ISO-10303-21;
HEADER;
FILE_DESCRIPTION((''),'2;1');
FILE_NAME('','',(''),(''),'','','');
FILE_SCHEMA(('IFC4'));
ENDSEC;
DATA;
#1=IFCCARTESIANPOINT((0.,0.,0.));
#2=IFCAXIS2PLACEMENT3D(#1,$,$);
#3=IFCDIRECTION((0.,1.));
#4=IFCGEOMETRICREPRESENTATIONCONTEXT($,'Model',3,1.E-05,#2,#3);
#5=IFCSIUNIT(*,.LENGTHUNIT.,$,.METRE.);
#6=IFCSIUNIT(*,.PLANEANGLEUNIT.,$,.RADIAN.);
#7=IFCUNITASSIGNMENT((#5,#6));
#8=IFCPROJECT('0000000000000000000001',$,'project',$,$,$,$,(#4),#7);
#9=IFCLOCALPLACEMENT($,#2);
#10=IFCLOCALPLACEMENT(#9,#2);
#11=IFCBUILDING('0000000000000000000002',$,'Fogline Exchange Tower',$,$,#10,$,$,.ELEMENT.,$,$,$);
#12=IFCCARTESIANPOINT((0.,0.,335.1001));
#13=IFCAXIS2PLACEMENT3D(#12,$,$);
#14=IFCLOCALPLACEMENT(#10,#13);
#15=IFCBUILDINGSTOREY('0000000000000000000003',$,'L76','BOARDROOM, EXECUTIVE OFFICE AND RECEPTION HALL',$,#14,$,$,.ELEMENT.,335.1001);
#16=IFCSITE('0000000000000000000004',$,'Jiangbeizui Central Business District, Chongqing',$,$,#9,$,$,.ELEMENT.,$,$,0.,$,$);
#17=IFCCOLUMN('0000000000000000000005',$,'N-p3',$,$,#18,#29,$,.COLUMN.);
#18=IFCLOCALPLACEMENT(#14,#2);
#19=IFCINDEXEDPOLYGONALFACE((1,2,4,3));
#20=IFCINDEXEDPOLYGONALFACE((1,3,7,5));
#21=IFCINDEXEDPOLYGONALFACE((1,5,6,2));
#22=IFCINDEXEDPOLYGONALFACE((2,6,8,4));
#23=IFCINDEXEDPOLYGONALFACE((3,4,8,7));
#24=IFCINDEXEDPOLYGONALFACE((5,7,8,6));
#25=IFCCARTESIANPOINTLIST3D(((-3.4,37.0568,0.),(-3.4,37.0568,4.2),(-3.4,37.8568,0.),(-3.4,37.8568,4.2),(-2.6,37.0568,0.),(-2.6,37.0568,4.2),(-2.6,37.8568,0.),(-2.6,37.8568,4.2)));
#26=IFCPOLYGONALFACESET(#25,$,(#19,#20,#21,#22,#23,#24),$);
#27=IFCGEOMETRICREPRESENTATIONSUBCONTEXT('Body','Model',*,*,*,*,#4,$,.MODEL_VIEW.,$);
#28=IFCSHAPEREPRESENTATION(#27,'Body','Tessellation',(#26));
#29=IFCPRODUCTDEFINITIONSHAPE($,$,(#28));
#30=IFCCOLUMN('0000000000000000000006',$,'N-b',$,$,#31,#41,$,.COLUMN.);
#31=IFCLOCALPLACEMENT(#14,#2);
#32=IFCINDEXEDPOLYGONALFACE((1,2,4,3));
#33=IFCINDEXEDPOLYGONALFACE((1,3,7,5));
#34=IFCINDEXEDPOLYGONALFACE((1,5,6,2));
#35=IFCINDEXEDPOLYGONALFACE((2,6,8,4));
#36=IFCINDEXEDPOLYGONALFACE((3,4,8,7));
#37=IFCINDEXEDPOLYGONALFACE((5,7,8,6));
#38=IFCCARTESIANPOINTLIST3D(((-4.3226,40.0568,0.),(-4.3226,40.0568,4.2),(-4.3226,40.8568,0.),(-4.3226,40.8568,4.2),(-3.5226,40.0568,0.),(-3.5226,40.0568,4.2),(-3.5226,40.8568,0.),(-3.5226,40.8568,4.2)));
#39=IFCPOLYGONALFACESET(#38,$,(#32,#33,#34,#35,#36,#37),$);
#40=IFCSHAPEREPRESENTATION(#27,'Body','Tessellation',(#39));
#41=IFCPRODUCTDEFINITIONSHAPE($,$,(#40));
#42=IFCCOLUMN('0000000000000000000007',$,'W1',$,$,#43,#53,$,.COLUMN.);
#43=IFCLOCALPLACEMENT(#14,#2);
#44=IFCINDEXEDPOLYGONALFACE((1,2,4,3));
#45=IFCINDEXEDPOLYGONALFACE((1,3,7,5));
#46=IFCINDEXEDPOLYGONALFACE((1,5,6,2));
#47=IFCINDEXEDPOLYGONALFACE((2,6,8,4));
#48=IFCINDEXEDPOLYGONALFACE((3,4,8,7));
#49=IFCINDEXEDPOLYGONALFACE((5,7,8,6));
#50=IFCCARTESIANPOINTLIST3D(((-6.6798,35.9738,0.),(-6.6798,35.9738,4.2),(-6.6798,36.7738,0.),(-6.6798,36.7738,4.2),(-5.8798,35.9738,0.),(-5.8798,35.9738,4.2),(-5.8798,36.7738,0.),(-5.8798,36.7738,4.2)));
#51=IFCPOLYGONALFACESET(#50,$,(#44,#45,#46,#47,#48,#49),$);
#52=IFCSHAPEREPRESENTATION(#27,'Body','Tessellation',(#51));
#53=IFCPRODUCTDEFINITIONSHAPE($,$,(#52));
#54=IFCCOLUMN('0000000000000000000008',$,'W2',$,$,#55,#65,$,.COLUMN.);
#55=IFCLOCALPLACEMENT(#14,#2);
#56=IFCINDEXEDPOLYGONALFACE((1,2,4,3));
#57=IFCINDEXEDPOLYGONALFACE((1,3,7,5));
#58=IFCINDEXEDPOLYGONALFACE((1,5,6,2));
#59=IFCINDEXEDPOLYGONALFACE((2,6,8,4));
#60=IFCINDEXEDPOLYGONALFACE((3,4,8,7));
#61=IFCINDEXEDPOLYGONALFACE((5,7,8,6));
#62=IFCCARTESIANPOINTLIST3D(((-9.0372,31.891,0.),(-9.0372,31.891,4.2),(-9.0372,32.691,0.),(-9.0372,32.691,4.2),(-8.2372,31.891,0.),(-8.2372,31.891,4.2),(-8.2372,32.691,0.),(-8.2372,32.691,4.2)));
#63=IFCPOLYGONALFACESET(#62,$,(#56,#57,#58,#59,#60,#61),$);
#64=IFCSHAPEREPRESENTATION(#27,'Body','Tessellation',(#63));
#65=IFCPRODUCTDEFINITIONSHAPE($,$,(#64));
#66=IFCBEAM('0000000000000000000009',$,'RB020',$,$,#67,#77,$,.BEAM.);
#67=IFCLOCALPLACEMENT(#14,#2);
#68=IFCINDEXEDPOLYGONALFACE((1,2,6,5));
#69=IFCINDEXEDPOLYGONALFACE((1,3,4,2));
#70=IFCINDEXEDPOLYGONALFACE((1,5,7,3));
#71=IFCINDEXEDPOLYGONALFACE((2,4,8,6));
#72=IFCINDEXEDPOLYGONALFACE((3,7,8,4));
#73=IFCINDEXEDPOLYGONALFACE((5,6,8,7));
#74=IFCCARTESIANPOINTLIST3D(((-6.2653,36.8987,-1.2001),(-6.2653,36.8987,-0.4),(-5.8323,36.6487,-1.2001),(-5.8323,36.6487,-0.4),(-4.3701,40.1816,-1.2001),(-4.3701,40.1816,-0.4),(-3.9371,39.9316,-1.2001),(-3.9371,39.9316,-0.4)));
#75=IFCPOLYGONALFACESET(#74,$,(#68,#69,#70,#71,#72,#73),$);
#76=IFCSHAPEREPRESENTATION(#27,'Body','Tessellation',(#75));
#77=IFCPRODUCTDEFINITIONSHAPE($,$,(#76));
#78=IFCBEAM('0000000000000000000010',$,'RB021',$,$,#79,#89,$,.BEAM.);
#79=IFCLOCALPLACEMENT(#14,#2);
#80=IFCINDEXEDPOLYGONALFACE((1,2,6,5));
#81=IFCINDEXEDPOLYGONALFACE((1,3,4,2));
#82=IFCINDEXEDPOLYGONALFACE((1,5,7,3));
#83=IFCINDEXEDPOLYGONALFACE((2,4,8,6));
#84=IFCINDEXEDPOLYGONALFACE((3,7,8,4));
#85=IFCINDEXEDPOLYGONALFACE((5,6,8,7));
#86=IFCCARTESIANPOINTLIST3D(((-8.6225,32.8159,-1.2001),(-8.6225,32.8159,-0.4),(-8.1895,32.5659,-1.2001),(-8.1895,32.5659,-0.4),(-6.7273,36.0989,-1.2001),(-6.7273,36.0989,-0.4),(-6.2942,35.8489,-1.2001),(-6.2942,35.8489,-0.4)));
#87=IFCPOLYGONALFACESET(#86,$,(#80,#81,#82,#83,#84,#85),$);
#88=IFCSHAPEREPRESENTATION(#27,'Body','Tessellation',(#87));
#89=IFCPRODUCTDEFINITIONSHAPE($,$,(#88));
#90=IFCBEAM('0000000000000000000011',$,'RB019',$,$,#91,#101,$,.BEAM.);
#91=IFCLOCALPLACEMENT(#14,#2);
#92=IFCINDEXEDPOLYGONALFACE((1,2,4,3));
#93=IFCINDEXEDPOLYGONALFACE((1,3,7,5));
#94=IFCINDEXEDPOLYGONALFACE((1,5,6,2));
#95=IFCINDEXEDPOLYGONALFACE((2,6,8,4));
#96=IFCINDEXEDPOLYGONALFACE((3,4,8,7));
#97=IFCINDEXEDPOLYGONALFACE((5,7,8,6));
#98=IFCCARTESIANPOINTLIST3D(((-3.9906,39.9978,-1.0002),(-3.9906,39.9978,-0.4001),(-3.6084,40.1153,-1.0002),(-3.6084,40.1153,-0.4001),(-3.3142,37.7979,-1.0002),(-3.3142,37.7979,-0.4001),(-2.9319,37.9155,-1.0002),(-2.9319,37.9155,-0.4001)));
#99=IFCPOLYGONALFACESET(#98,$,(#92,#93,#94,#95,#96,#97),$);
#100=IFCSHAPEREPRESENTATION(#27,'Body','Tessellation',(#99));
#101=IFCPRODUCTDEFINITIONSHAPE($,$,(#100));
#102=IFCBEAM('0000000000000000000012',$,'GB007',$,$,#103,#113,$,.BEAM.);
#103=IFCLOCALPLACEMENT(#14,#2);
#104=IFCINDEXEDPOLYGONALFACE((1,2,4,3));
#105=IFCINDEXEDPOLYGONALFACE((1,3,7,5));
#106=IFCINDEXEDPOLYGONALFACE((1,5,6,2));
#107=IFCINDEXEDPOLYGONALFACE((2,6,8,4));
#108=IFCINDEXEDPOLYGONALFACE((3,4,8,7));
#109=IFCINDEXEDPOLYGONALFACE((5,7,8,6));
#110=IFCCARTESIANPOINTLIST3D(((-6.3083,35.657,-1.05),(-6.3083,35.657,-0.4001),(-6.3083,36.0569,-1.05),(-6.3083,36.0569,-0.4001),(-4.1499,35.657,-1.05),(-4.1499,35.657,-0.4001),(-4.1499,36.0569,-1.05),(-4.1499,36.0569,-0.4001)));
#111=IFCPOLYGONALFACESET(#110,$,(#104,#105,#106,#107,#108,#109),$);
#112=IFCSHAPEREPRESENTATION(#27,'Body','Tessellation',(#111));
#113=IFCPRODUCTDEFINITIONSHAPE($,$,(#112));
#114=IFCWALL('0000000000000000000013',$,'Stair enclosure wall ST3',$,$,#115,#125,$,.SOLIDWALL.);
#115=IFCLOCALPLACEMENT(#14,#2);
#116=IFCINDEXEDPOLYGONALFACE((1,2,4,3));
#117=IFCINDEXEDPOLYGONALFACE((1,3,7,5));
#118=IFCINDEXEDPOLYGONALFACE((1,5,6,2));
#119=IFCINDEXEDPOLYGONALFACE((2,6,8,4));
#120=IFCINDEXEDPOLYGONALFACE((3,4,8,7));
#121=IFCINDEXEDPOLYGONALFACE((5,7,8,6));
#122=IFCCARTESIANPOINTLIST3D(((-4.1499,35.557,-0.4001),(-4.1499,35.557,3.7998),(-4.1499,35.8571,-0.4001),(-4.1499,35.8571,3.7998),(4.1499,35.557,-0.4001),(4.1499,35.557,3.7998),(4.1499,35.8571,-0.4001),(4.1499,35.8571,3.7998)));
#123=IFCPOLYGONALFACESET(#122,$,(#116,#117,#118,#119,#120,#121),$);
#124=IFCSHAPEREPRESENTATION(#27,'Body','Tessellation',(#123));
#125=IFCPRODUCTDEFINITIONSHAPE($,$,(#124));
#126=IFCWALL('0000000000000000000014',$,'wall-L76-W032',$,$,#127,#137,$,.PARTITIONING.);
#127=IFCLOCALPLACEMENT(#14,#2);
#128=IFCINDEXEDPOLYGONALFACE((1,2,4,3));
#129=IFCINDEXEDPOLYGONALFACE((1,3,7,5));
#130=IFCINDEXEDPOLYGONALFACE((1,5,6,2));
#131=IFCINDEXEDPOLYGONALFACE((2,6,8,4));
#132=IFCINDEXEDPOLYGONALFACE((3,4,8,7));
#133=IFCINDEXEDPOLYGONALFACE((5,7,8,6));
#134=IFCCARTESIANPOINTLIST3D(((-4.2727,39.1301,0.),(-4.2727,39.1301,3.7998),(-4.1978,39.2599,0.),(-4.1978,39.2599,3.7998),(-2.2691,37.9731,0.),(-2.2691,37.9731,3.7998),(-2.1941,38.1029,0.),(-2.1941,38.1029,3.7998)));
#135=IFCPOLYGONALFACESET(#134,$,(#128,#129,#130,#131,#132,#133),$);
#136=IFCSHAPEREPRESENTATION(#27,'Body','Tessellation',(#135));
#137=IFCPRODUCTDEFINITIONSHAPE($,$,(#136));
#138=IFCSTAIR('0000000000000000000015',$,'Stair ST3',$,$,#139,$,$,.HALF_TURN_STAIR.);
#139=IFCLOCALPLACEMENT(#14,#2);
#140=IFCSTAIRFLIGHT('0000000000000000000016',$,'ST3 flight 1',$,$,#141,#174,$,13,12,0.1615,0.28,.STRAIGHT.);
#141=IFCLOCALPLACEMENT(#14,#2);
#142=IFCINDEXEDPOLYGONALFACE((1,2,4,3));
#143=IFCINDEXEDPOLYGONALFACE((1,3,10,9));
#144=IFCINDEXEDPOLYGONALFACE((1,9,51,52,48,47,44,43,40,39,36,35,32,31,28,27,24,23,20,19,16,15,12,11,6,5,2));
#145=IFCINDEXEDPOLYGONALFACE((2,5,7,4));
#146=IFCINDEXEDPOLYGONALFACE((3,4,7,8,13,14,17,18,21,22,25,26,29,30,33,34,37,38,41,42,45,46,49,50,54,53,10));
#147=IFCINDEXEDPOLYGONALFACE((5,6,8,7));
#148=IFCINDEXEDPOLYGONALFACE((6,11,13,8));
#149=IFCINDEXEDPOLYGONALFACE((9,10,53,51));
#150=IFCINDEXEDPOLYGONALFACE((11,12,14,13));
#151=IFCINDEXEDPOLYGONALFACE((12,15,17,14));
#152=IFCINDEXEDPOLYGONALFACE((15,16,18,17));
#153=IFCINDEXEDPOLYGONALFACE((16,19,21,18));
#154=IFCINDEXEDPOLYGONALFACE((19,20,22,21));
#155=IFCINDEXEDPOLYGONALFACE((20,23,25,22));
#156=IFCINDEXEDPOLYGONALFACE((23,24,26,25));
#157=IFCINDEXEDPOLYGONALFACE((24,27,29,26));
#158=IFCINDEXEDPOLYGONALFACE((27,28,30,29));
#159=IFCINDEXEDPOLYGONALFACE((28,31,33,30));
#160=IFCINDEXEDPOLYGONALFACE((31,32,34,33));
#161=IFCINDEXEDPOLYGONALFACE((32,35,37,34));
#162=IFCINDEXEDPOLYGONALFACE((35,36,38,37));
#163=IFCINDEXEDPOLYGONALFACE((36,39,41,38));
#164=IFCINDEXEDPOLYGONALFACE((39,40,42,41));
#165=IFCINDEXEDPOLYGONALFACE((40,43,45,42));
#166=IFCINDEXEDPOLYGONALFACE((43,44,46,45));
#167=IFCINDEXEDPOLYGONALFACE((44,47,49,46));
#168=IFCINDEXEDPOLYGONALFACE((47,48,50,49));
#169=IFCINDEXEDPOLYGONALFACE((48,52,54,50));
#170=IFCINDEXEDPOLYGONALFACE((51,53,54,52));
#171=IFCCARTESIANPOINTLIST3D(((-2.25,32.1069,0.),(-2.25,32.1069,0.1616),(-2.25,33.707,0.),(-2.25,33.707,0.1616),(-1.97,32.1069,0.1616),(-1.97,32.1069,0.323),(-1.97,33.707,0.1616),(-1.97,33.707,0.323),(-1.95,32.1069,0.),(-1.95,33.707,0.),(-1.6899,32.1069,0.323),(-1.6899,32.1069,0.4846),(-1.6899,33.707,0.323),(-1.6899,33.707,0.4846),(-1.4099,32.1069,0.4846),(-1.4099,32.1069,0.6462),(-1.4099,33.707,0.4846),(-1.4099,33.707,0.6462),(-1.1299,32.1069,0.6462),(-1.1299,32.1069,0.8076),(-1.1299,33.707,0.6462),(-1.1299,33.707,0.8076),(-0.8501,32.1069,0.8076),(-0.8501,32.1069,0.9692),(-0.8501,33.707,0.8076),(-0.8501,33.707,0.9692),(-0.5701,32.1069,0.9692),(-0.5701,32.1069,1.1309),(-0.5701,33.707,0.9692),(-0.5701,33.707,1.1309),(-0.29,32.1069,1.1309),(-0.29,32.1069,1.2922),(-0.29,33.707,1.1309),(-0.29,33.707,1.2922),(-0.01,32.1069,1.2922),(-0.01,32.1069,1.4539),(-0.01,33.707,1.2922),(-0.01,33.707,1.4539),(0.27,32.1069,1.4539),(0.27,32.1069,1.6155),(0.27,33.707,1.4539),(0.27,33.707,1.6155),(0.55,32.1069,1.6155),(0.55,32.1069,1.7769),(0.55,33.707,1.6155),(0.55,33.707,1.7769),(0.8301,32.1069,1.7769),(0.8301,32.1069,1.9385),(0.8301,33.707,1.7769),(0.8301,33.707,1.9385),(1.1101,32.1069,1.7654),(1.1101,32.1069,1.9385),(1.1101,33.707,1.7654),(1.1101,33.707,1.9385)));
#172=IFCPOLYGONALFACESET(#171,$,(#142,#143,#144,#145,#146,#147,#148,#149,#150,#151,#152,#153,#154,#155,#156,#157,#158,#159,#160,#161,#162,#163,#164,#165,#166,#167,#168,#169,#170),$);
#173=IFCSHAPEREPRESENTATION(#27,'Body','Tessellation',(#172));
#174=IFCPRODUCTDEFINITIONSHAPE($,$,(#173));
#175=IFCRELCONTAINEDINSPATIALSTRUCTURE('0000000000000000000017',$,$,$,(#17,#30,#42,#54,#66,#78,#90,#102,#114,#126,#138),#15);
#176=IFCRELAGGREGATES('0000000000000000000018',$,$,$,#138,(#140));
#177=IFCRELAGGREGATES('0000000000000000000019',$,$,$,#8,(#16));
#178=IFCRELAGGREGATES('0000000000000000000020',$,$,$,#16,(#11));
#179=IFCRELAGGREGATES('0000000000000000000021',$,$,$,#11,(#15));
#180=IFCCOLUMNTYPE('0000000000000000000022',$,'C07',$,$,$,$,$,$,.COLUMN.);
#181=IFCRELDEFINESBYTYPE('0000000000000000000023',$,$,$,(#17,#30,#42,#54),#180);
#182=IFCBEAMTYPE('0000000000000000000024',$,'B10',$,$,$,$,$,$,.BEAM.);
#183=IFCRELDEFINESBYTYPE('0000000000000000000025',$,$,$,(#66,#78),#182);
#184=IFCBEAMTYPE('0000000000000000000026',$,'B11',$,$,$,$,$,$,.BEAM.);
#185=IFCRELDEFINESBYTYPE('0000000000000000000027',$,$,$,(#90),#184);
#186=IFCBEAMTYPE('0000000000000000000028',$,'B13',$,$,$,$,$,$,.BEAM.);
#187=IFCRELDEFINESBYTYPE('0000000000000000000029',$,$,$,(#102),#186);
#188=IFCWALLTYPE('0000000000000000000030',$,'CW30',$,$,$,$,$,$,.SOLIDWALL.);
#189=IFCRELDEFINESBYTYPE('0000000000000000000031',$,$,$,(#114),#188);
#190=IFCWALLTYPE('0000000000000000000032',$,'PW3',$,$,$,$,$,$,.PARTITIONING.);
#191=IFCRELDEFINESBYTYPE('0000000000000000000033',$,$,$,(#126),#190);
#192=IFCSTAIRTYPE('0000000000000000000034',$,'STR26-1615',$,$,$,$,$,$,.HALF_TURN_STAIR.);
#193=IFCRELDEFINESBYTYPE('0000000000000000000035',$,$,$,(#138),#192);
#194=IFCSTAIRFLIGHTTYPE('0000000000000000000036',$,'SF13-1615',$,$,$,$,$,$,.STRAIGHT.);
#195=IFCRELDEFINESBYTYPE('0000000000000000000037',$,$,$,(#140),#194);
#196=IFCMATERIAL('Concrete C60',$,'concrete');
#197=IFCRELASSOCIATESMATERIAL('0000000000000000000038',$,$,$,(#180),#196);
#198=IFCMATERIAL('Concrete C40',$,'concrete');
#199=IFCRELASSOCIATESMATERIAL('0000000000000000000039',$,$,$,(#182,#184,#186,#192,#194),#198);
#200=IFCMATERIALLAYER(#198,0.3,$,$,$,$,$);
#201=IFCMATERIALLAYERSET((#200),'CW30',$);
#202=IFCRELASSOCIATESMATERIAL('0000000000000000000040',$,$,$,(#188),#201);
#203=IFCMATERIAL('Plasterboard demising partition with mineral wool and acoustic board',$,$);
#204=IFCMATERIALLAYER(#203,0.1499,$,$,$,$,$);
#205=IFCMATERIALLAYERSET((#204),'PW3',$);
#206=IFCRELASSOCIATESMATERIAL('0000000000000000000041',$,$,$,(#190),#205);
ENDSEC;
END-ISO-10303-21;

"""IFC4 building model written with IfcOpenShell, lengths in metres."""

from ifc_helpers import new_model, si_unit, direction, frame, frame_2d, origin, origin_2d, place, context, subcontext, project, spatial, polyline, rectangle, outline, extrude, material, layer, layer_set, material_profile, profile_set, type_object, element, aggregate, save


model = new_model("IFC4")

# Units and contexts
model_context = context("Model", 3, precision=1e-05, world=origin(), true_north=direction((0.0, 1.0)))
body_context = subcontext(model_context, "Body", "Model", "MODEL_VIEW")
ifc_project = project(units=[si_unit("LENGTHUNIT", "METRE"), si_unit("PLANEANGLEUNIT", "RADIAN")], contexts=[model_context])

# Site, building, storey
site_placement = place(None, origin())
site = spatial("IfcSite", under=ifc_project, at=site_placement, Name="Jiangbeizui Central Business District, Chongqing", CompositionType="ELEMENT", RefElevation=0.0)
building_placement = place(site_placement, origin())
building = spatial("IfcBuilding", under=site, at=building_placement, Name="Fogline Exchange Tower", CompositionType="ELEMENT")
storey_placement = place(building_placement, frame((0.0, 0.0, 335.1001)))
storey = spatial("IfcBuildingStorey", under=building, at=storey_placement, Name="L76", Description="BOARDROOM, EXECUTIVE OFFICE AND RECEPTION HALL", CompositionType="ELEMENT", Elevation=335.1001)

# Columns
ifc_material_1 = material(Name="Concrete C60", Category="concrete")
ifc_material_profile_1 = material_profile(ifc_material_1, rectangle(XDim=0.8, YDim=0.8, at=origin_2d()), Name="RC 800x800")
ifc_profile_set_1 = profile_set([ifc_material_profile_1], Name="Concrete C60")
column_type = type_object("IfcColumnType", Name="C07", PredefinedType="COLUMN", material=ifc_profile_set_1)
for number, where, z_axis, x_axis, name in (
    (1, (-3.0, 37.4568, 0.0), (0.0, 0.0, 1.0), (1.0, 0.0, 0.0), "N-p3"),
    (2, (-3.9226, 40.4568, 0.0), (0.0, 0.0, 1.0), (1.0, 0.0, 0.0), "N-b"),
    (3, (-6.2798, 36.3738, 0.0), (0.0, 0.0, 1.0), (1.0, 0.0, 0.0), "W1"),
    (4, (-8.6372, 32.291, 0.0), (0.0, 0.0, 1.0), (1.0, 0.0, 0.0), "W2"),
):
    element("IfcColumn", number, at=place(storey_placement, frame(where, z_axis=z_axis, x_axis=x_axis)), inside=storey, type_object=column_type, Name=name, PredefinedType="COLUMN", context=body_context, shape_type="SweptSolid", body=[
        extrude(rectangle(XDim=0.8, YDim=0.8, at=origin_2d()), origin(), (0.0, 0.0, 1.0), 4.2),
    ])

# Beams
ifc_material_2 = material(Name="Concrete C40", Category="concrete")
ifc_material_profile_2 = material_profile(ifc_material_2, rectangle(XDim=0.5, YDim=0.8, at=origin_2d()), Name="RC 500x800")
ifc_profile_set_2 = profile_set([ifc_material_profile_2], Name="Concrete C40")
beam_type_1 = type_object("IfcBeamType", Name="B10", PredefinedType="BEAM", material=ifc_profile_set_2)
for number, where, z_axis, x_axis, name in (
    (5, (-4.1536, 40.0566, -0.8), (-0.49997, -0.866043, 0.0), (0.866043, -0.49997, 0.0), "RB020"),
    (6, (-6.5107, 35.9739, -0.8), (-0.49997, -0.866043, 0.0), (0.866043, -0.49997, 0.0), "RB021"),
):
    element("IfcBeam", number, at=place(storey_placement, frame(where, z_axis=z_axis, x_axis=x_axis)), inside=storey, type_object=beam_type_1, Name=name, PredefinedType="BEAM", context=body_context, shape_type="SweptSolid", body=[
        extrude(rectangle(XDim=0.5, YDim=0.8, at=origin_2d()), origin(), (0.0, 0.0, 1.0), 3.7908),
    ])
ifc_material_profile_3 = material_profile(ifc_material_2, rectangle(XDim=0.3999, YDim=0.6001, at=origin_2d()), Name="RC 400x600")
ifc_profile_set_3 = profile_set([ifc_material_profile_3], Name="Concrete C40")
beam_type_2 = type_object("IfcBeamType", Name="B11", PredefinedType="BEAM", material=ifc_profile_set_3)
beam_1_placement = place(storey_placement, frame((-3.123, 37.8567, -0.7002), z_axis=(-0.293929, 0.955827, 0.0), x_axis=(-0.955827, -0.293929, 0.0)))
element("IfcBeam", 7, at=beam_1_placement, inside=storey, type_object=beam_type_2, Name="RB019", PredefinedType="BEAM", context=body_context, shape_type="SweptSolid", body=[
    extrude(rectangle(XDim=0.3999, YDim=0.6001, at=origin_2d()), origin(), (0.0, 0.0, 1.0), 2.3015),
])
ifc_material_profile_4 = material_profile(ifc_material_2, rectangle(XDim=0.3999, YDim=0.6499, at=origin_2d()), Name="RC 400x650")
ifc_profile_set_4 = profile_set([ifc_material_profile_4], Name="Concrete C40")
beam_type_3 = type_object("IfcBeamType", Name="B13", PredefinedType="BEAM", material=ifc_profile_set_4)
beam_2_placement = place(storey_placement, frame((-6.3083, 35.8569, -0.7251), z_axis=(1.0, 0.0, 0.0), x_axis=(0.0, 1.0, 0.0)))
element("IfcBeam", 8, at=beam_2_placement, inside=storey, type_object=beam_type_3, Name="GB007", PredefinedType="BEAM", context=body_context, shape_type="SweptSolid", body=[
    extrude(rectangle(XDim=0.3999, YDim=0.6499, at=origin_2d()), origin(), (0.0, 0.0, 1.0), 2.1584),
])

# Wall
ifc_layer_1 = layer(ifc_material_2, 0.3)
ifc_layer_set_1 = layer_set([ifc_layer_1], Name="CW30")
wall_type_1 = type_object("IfcWallType", Name="CW30", PredefinedType="SOLIDWALL", material=ifc_layer_set_1)
wall_1_placement = place(storey_placement, frame((-4.1499, 35.707, -0.4001), z_axis=(0.0, 0.0, 1.0), x_axis=(1.0, 0.0, 0.0)))
element("IfcWall", 9, at=wall_1_placement, inside=storey, type_object=wall_type_1, Name="Stair enclosure wall ST3", PredefinedType="SOLIDWALL", context=body_context, shape_type="SweptSolid", body=[
    extrude(rectangle(XDim=8.2998, YDim=0.3, at=frame_2d((4.1499, 0.0))), origin(), (0.0, 0.0, 1.0), 4.2),
])

# Wall
ifc_material_3 = material(Name="Plasterboard demising partition with mineral wool and acoustic board")
ifc_layer_2 = layer(ifc_material_3, 0.1499)
ifc_layer_set_2 = layer_set([ifc_layer_2], Name="PW3")
wall_type_2 = type_object("IfcWallType", Name="PW3", PredefinedType="PARTITIONING", material=ifc_layer_set_2)
wall_2_placement = place(storey_placement, frame((-2.2317, 38.0381, 0.0), z_axis=(0.0, 0.0, 1.0), x_axis=(-0.865994, 0.500054, 0.0)))
element("IfcWall", 10, at=wall_2_placement, inside=storey, type_object=wall_type_2, Name="wall-L76-W032", PredefinedType="PARTITIONING", context=body_context, shape_type="SweptSolid", body=[
    extrude(rectangle(XDim=2.3137, YDim=0.1499, at=frame_2d((1.1567, 0.0))), origin(), (0.0, 0.0, 1.0), 3.7998),
])

# Stair, stair flight
stair_type = type_object("IfcStairType", Name="STR26-1615", PredefinedType="HALF_TURN_STAIR", material=ifc_material_2)
stair_placement = place(storey_placement, origin())
stair = element("IfcStair", 11, at=stair_placement, inside=storey, type_object=stair_type, Name="Stair ST3", PredefinedType="HALF_TURN_STAIR")
stair_flight_type = type_object("IfcStairFlightType", Name="SF13-1615", PredefinedType="STRAIGHT", material=ifc_material_2)
stair_flight_placement = place(storey_placement, frame((-2.25, 32.907, 0.0), z_axis=(0.0, 0.0, 1.0), x_axis=(1.0, 0.0, 0.0)))
stair_flight = element("IfcStairFlight", 12, at=stair_flight_placement, type_object=stair_flight_type, Name="ST3 flight 1", NumberOfRisers=13, NumberOfTreads=12, PredefinedType="STRAIGHT", RiserHeight=0.1615, TreadLength=0.28, context=body_context, shape_type="SweptSolid", body=[
    extrude(outline(polyline([(0.0, 0.0), (0.0, 0.1616), (0.28, 0.1616), (0.28, 0.323), (0.5601, 0.323), (0.5601, 0.4846), (0.8401, 0.4846), (0.8401, 0.6462), (1.1201, 0.6462), (1.1201, 0.8076), (1.3999, 0.8076), (1.3999, 0.9692), (1.6799, 0.9692), (1.6799, 1.1309), (1.96, 1.1309), (1.96, 1.2922), (2.24, 1.2922), (2.24, 1.4539), (2.52, 1.4539), (2.52, 1.6155), (2.8, 1.6155), (2.8, 1.7769), (3.0801, 1.7769), (3.0801, 1.9385), (3.3601, 1.9385), (3.3601, 2.1001), (3.3601, 1.7654), (0.3, 0.0), (0.0, 0.0)])), frame((0.0, 0.8, 0.0), z_axis=(0.0, -1.0, 0.0), x_axis=(1.0, 0.0, 0.0)), (0.0, 0.0, 1.0), 1.6001),
])
aggregate(stair, [stair_flight])

save(model, "model.ifc")
